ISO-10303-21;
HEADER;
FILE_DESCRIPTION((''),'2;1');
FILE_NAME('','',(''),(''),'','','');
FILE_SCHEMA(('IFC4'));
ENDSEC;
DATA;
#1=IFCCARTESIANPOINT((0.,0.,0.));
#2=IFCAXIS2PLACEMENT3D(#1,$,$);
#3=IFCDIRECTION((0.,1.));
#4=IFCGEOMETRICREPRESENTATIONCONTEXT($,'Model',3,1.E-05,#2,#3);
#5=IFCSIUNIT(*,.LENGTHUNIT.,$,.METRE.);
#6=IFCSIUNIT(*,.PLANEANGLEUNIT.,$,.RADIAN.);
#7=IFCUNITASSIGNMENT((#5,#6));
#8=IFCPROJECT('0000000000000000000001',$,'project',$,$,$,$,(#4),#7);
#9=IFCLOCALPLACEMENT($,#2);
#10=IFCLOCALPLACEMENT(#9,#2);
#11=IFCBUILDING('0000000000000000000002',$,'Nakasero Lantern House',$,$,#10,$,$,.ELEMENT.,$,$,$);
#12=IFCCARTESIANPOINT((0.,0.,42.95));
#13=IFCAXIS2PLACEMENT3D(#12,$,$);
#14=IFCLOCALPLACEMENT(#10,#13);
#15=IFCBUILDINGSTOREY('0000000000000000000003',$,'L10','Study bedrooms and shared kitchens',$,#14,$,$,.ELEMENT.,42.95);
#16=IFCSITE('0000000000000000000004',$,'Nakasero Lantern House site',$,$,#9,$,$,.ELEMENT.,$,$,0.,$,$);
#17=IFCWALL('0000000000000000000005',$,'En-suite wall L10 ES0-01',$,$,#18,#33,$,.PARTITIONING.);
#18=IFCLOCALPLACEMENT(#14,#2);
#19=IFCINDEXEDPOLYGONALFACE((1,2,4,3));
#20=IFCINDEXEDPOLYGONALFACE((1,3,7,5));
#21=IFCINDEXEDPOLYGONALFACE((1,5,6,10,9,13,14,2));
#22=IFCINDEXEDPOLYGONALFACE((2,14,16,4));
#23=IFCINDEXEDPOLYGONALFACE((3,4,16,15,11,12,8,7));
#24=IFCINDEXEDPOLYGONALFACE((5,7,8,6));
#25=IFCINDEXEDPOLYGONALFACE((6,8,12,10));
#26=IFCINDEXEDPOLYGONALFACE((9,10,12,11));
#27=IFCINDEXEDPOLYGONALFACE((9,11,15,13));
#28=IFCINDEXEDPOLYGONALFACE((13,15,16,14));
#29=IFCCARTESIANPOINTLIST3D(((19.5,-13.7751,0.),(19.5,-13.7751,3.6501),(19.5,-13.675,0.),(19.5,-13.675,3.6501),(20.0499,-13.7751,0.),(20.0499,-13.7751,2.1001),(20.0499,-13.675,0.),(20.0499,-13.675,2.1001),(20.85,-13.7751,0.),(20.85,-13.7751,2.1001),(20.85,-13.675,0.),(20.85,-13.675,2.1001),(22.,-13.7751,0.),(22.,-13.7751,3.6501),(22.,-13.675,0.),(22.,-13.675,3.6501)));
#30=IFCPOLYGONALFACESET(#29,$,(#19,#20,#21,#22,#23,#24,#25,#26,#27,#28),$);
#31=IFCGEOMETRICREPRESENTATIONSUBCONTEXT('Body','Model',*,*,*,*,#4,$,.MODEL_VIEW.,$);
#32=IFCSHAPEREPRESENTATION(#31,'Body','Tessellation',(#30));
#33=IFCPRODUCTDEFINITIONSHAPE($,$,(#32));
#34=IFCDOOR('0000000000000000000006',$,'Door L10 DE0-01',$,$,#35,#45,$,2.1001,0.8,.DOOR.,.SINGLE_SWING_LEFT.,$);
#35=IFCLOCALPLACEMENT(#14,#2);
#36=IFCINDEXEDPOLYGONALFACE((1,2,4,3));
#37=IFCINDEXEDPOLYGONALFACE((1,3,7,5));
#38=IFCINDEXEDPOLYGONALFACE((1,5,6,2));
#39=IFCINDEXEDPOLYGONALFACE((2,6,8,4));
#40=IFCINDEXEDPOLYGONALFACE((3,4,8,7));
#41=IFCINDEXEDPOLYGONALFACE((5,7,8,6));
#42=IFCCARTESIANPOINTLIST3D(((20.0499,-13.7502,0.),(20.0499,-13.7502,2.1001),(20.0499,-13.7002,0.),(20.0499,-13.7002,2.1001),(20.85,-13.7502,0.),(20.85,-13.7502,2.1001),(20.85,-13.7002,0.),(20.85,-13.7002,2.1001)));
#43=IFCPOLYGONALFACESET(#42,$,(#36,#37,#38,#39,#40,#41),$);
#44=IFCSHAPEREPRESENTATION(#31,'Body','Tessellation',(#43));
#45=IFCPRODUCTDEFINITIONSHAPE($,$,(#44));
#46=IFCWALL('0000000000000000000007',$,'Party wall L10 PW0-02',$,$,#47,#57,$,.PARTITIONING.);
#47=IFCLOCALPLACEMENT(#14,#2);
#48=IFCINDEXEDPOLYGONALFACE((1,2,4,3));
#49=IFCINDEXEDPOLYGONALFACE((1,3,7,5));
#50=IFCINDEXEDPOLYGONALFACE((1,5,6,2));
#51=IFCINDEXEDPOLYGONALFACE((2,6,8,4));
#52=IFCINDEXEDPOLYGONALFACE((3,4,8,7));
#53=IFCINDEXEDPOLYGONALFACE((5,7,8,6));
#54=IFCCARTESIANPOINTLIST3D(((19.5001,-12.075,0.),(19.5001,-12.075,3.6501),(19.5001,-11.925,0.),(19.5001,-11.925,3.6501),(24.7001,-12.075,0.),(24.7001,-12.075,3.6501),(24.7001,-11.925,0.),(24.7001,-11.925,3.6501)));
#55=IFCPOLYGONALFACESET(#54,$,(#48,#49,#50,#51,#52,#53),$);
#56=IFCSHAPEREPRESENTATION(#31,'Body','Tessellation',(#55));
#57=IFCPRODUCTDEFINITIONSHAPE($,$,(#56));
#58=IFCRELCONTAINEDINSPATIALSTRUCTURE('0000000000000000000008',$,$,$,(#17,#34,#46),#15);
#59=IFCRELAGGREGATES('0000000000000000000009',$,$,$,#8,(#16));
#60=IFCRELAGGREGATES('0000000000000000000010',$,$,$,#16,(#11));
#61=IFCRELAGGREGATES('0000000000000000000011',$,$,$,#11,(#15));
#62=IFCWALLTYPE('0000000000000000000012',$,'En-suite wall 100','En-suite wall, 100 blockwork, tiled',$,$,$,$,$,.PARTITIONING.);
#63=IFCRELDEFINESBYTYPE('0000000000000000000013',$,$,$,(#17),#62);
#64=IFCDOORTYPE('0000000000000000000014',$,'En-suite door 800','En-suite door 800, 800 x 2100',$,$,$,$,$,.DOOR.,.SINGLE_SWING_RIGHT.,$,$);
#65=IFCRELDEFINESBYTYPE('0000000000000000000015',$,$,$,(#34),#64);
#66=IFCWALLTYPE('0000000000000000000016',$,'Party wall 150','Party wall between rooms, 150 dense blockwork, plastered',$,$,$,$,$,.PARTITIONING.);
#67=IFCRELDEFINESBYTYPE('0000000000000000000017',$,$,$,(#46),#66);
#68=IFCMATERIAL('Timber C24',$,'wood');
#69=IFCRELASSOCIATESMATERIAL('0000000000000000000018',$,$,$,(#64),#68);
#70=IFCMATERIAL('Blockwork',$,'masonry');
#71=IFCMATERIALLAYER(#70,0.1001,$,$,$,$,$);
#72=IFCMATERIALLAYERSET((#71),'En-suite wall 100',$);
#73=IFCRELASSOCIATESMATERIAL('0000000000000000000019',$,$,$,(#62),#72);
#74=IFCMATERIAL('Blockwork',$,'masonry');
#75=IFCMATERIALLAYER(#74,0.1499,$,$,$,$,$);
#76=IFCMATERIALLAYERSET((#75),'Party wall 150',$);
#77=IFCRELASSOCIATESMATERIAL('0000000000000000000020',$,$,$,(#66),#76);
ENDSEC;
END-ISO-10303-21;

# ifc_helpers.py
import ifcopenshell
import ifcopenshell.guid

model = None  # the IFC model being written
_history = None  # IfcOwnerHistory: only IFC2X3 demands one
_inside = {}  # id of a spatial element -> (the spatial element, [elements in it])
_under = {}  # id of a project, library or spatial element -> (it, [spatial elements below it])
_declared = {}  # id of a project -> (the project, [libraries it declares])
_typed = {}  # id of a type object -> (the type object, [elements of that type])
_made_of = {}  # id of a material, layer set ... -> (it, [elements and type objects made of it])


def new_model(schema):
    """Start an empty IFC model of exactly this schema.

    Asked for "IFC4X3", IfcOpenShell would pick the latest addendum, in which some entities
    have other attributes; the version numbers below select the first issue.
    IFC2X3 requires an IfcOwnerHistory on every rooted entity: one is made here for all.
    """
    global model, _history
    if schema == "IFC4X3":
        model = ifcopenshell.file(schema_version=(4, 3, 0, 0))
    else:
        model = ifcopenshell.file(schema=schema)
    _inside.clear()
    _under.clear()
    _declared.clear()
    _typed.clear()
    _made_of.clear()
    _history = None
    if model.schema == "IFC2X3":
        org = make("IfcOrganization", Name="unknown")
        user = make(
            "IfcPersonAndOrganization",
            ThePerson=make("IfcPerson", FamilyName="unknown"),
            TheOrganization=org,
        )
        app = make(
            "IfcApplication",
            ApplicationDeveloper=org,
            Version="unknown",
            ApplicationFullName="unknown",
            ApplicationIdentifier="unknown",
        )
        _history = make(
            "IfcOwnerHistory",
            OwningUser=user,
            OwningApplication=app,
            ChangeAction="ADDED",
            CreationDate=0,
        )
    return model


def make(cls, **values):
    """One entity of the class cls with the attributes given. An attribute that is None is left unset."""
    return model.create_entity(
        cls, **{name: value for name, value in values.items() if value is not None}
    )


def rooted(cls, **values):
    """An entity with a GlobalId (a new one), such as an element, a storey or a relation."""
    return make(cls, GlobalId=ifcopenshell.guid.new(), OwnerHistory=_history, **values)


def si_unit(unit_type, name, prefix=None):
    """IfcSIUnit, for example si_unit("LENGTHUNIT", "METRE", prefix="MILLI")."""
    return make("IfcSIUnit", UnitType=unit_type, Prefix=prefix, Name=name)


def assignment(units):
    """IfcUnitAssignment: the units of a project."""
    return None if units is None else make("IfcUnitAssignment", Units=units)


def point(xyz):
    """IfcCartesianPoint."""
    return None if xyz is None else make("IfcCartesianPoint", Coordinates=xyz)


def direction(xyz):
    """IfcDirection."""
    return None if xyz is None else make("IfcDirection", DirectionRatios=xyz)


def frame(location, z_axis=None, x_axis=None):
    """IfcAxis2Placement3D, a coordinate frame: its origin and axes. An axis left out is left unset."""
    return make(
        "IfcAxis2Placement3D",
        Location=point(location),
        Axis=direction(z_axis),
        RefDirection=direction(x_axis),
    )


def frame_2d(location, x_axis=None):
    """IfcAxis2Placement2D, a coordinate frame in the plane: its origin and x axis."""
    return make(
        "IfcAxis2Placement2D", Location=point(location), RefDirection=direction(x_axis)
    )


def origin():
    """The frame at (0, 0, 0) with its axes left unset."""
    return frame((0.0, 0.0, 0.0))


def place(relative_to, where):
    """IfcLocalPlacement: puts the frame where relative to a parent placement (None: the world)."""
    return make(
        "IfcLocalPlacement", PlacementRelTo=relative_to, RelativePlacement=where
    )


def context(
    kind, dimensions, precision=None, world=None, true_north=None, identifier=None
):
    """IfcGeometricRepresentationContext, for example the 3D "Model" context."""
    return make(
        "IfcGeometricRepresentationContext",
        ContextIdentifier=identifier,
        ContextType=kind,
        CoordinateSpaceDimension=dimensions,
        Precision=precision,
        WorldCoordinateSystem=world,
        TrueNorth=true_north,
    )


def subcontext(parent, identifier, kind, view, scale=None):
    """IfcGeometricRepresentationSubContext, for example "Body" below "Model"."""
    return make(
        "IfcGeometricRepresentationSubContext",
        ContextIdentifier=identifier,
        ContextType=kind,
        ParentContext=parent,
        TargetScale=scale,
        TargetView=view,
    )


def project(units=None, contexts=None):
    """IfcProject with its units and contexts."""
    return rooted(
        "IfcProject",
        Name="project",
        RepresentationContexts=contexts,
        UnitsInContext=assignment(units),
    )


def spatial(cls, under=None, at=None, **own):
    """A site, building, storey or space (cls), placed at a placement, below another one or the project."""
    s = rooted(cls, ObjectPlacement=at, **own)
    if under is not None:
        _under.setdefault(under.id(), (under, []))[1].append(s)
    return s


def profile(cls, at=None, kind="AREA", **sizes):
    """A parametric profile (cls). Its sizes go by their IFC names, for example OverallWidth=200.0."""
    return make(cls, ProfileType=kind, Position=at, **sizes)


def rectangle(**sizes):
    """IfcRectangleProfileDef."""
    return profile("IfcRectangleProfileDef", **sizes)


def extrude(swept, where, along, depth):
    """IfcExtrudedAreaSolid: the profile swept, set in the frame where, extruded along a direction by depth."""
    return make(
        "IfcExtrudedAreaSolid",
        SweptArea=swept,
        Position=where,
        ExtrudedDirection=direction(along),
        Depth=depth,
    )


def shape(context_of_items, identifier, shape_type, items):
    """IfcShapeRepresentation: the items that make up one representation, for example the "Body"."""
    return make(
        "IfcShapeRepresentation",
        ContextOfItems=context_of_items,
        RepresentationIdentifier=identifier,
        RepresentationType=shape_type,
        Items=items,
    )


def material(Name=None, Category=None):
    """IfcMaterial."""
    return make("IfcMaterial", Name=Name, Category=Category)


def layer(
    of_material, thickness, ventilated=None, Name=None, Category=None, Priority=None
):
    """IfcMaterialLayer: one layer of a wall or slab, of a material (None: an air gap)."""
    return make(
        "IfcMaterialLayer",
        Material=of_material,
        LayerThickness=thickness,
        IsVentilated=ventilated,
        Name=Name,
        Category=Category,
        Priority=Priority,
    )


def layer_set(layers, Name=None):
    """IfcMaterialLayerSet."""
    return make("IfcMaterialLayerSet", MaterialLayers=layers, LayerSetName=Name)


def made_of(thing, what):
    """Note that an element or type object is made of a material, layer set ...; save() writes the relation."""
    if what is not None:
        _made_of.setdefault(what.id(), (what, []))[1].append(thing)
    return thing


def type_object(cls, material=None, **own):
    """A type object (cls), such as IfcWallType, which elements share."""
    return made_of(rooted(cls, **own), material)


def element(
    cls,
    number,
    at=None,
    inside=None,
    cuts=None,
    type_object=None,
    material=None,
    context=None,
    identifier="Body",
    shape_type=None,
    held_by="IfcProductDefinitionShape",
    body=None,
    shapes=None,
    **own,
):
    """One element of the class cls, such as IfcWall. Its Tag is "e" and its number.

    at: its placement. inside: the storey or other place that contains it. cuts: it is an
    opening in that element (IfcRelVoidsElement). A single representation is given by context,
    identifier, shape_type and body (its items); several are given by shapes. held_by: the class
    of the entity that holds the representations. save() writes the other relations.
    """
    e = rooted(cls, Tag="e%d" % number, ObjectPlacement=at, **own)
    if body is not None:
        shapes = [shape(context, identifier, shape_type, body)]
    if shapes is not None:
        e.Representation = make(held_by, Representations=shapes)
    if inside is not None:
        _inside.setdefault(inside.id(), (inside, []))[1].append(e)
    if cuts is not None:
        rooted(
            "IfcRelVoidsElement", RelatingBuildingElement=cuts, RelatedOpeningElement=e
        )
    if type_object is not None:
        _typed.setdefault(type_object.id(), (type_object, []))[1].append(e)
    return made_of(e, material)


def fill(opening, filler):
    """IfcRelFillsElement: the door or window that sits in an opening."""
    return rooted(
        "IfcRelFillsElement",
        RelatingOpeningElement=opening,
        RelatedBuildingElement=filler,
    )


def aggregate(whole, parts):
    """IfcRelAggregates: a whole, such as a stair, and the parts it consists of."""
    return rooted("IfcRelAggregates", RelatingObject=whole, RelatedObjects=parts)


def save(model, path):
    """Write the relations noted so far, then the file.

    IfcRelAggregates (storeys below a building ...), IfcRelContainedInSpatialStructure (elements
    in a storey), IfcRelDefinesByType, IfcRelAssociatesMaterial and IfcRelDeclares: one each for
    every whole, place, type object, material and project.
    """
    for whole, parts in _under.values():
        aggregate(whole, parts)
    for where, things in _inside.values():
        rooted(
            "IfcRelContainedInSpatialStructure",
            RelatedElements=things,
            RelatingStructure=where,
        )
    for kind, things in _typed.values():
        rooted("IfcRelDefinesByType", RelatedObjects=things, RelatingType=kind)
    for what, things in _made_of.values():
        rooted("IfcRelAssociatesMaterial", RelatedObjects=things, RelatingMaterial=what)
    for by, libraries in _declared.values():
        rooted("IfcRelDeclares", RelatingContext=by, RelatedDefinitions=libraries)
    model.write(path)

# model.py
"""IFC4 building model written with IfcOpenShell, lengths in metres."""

from ifc_helpers import new_model, si_unit, direction, frame, frame_2d, origin, place, context, subcontext, project, spatial, rectangle, extrude, material, layer, layer_set, type_object, element, fill, save


model = new_model("IFC4")

# Units and contexts
model_context = context("Model", 3, precision=1e-05, world=origin(), true_north=direction((0.0, 1.0)))
body_context = subcontext(model_context, "Body", "Model", "MODEL_VIEW")
ifc_project = project(units=[si_unit("LENGTHUNIT", "METRE"), si_unit("PLANEANGLEUNIT", "RADIAN")], contexts=[model_context])

# Site, building, storey
site_placement = place(None, origin())
site = spatial("IfcSite", under=ifc_project, at=site_placement, Name="Nakasero Lantern House site", CompositionType="ELEMENT", RefElevation=0.0)
building_placement = place(site_placement, origin())
building = spatial("IfcBuilding", under=site, at=building_placement, Name="Nakasero Lantern House", CompositionType="ELEMENT")
storey_placement = place(building_placement, frame((0.0, 0.0, 42.95)))
storey = spatial("IfcBuildingStorey", under=building, at=storey_placement, Name="L10", Description="Study bedrooms and shared kitchens", CompositionType="ELEMENT", Elevation=42.95)

# Shared definitions
ifc_material_1 = material(Name="Timber C24", Category="wood")
door_type_1 = type_object("IfcDoorType", Name="En-suite door 800", Description="En-suite door 800, 800 x 2100", OperationType="SINGLE_SWING_RIGHT", PredefinedType="DOOR", material=ifc_material_1)

# Wall, opening, door
ifc_material_2 = material(Name="Blockwork", Category="masonry")
ifc_layer_1 = layer(ifc_material_2, 0.1001)
ifc_layer_set_1 = layer_set([ifc_layer_1], Name="En-suite wall 100")
wall_type_1 = type_object("IfcWallType", Name="En-suite wall 100", Description="En-suite wall, 100 blockwork, tiled", PredefinedType="PARTITIONING", material=ifc_layer_set_1)
wall_1_placement = place(storey_placement, frame((19.5, -13.7251, 0.0), z_axis=(0.0, 0.0, 1.0), x_axis=(1.0, 0.0, 0.0)))
wall_1 = element("IfcWall", 1, at=wall_1_placement, inside=storey, type_object=wall_type_1, Name="En-suite wall L10 ES0-01", PredefinedType="PARTITIONING", context=body_context, shape_type="SweptSolid", body=[
    extrude(rectangle(XDim=2.5, YDim=0.1001, at=frame_2d((1.25, 0.0))), origin(), (0.0, 0.0, 1.0), 3.6501),
])
opening_1_placement = place(wall_1_placement, frame((0.55, 0.0, 0.0)))
opening_1 = element("IfcOpeningElement", 2, at=opening_1_placement, cuts=wall_1, PredefinedType="OPENING", context=body_context, shape_type="SweptSolid", body=[
    extrude(rectangle(XDim=0.8, YDim=2.1001, at=frame_2d((0.3999, 1.05))), frame((0.0, 0.0701, 0.0), z_axis=(0.0, -1.0, 0.0), x_axis=(1.0, 0.0, 0.0)), (0.0, 0.0, 1.0), 0.1401),
])
door_1_placement = place(opening_1_placement, origin())
door_1 = element("IfcDoor", 3, at=door_1_placement, inside=storey, type_object=door_type_1, Name="Door L10 DE0-01", OperationType="SINGLE_SWING_LEFT", OverallHeight=2.1001, OverallWidth=0.8, PredefinedType="DOOR", context=body_context, shape_type="SweptSolid", body=[
    extrude(rectangle(XDim=0.8, YDim=2.1001, at=frame_2d((0.3999, 1.05))), frame((0.0, 0.0249, 0.0), z_axis=(0.0, -1.0, 0.0), x_axis=(1.0, 0.0, 0.0)), (0.0, 0.0, 1.0), 0.05),
])
fill(opening_1, door_1)

# Wall
ifc_material_3 = material(Name="Blockwork", Category="masonry")
ifc_layer_2 = layer(ifc_material_3, 0.1499)
ifc_layer_set_2 = layer_set([ifc_layer_2], Name="Party wall 150")
wall_type_2 = type_object("IfcWallType", Name="Party wall 150", Description="Party wall between rooms, 150 dense blockwork, plastered", PredefinedType="PARTITIONING", material=ifc_layer_set_2)
wall_2_placement = place(storey_placement, frame((19.5, -12.0, 0.0), z_axis=(0.0, 0.0, 1.0), x_axis=(1.0, 0.0, 0.0)))
element("IfcWall", 4, at=wall_2_placement, inside=storey, type_object=wall_type_2, Name="Party wall L10 PW0-02", PredefinedType="PARTITIONING", context=body_context, shape_type="SweptSolid", body=[
    extrude(rectangle(XDim=5.2, YDim=0.1499, at=frame_2d((2.6001, 0.0))), origin(), (0.0, 0.0, 1.0), 3.6501),
])

save(model, "model.ifc")
